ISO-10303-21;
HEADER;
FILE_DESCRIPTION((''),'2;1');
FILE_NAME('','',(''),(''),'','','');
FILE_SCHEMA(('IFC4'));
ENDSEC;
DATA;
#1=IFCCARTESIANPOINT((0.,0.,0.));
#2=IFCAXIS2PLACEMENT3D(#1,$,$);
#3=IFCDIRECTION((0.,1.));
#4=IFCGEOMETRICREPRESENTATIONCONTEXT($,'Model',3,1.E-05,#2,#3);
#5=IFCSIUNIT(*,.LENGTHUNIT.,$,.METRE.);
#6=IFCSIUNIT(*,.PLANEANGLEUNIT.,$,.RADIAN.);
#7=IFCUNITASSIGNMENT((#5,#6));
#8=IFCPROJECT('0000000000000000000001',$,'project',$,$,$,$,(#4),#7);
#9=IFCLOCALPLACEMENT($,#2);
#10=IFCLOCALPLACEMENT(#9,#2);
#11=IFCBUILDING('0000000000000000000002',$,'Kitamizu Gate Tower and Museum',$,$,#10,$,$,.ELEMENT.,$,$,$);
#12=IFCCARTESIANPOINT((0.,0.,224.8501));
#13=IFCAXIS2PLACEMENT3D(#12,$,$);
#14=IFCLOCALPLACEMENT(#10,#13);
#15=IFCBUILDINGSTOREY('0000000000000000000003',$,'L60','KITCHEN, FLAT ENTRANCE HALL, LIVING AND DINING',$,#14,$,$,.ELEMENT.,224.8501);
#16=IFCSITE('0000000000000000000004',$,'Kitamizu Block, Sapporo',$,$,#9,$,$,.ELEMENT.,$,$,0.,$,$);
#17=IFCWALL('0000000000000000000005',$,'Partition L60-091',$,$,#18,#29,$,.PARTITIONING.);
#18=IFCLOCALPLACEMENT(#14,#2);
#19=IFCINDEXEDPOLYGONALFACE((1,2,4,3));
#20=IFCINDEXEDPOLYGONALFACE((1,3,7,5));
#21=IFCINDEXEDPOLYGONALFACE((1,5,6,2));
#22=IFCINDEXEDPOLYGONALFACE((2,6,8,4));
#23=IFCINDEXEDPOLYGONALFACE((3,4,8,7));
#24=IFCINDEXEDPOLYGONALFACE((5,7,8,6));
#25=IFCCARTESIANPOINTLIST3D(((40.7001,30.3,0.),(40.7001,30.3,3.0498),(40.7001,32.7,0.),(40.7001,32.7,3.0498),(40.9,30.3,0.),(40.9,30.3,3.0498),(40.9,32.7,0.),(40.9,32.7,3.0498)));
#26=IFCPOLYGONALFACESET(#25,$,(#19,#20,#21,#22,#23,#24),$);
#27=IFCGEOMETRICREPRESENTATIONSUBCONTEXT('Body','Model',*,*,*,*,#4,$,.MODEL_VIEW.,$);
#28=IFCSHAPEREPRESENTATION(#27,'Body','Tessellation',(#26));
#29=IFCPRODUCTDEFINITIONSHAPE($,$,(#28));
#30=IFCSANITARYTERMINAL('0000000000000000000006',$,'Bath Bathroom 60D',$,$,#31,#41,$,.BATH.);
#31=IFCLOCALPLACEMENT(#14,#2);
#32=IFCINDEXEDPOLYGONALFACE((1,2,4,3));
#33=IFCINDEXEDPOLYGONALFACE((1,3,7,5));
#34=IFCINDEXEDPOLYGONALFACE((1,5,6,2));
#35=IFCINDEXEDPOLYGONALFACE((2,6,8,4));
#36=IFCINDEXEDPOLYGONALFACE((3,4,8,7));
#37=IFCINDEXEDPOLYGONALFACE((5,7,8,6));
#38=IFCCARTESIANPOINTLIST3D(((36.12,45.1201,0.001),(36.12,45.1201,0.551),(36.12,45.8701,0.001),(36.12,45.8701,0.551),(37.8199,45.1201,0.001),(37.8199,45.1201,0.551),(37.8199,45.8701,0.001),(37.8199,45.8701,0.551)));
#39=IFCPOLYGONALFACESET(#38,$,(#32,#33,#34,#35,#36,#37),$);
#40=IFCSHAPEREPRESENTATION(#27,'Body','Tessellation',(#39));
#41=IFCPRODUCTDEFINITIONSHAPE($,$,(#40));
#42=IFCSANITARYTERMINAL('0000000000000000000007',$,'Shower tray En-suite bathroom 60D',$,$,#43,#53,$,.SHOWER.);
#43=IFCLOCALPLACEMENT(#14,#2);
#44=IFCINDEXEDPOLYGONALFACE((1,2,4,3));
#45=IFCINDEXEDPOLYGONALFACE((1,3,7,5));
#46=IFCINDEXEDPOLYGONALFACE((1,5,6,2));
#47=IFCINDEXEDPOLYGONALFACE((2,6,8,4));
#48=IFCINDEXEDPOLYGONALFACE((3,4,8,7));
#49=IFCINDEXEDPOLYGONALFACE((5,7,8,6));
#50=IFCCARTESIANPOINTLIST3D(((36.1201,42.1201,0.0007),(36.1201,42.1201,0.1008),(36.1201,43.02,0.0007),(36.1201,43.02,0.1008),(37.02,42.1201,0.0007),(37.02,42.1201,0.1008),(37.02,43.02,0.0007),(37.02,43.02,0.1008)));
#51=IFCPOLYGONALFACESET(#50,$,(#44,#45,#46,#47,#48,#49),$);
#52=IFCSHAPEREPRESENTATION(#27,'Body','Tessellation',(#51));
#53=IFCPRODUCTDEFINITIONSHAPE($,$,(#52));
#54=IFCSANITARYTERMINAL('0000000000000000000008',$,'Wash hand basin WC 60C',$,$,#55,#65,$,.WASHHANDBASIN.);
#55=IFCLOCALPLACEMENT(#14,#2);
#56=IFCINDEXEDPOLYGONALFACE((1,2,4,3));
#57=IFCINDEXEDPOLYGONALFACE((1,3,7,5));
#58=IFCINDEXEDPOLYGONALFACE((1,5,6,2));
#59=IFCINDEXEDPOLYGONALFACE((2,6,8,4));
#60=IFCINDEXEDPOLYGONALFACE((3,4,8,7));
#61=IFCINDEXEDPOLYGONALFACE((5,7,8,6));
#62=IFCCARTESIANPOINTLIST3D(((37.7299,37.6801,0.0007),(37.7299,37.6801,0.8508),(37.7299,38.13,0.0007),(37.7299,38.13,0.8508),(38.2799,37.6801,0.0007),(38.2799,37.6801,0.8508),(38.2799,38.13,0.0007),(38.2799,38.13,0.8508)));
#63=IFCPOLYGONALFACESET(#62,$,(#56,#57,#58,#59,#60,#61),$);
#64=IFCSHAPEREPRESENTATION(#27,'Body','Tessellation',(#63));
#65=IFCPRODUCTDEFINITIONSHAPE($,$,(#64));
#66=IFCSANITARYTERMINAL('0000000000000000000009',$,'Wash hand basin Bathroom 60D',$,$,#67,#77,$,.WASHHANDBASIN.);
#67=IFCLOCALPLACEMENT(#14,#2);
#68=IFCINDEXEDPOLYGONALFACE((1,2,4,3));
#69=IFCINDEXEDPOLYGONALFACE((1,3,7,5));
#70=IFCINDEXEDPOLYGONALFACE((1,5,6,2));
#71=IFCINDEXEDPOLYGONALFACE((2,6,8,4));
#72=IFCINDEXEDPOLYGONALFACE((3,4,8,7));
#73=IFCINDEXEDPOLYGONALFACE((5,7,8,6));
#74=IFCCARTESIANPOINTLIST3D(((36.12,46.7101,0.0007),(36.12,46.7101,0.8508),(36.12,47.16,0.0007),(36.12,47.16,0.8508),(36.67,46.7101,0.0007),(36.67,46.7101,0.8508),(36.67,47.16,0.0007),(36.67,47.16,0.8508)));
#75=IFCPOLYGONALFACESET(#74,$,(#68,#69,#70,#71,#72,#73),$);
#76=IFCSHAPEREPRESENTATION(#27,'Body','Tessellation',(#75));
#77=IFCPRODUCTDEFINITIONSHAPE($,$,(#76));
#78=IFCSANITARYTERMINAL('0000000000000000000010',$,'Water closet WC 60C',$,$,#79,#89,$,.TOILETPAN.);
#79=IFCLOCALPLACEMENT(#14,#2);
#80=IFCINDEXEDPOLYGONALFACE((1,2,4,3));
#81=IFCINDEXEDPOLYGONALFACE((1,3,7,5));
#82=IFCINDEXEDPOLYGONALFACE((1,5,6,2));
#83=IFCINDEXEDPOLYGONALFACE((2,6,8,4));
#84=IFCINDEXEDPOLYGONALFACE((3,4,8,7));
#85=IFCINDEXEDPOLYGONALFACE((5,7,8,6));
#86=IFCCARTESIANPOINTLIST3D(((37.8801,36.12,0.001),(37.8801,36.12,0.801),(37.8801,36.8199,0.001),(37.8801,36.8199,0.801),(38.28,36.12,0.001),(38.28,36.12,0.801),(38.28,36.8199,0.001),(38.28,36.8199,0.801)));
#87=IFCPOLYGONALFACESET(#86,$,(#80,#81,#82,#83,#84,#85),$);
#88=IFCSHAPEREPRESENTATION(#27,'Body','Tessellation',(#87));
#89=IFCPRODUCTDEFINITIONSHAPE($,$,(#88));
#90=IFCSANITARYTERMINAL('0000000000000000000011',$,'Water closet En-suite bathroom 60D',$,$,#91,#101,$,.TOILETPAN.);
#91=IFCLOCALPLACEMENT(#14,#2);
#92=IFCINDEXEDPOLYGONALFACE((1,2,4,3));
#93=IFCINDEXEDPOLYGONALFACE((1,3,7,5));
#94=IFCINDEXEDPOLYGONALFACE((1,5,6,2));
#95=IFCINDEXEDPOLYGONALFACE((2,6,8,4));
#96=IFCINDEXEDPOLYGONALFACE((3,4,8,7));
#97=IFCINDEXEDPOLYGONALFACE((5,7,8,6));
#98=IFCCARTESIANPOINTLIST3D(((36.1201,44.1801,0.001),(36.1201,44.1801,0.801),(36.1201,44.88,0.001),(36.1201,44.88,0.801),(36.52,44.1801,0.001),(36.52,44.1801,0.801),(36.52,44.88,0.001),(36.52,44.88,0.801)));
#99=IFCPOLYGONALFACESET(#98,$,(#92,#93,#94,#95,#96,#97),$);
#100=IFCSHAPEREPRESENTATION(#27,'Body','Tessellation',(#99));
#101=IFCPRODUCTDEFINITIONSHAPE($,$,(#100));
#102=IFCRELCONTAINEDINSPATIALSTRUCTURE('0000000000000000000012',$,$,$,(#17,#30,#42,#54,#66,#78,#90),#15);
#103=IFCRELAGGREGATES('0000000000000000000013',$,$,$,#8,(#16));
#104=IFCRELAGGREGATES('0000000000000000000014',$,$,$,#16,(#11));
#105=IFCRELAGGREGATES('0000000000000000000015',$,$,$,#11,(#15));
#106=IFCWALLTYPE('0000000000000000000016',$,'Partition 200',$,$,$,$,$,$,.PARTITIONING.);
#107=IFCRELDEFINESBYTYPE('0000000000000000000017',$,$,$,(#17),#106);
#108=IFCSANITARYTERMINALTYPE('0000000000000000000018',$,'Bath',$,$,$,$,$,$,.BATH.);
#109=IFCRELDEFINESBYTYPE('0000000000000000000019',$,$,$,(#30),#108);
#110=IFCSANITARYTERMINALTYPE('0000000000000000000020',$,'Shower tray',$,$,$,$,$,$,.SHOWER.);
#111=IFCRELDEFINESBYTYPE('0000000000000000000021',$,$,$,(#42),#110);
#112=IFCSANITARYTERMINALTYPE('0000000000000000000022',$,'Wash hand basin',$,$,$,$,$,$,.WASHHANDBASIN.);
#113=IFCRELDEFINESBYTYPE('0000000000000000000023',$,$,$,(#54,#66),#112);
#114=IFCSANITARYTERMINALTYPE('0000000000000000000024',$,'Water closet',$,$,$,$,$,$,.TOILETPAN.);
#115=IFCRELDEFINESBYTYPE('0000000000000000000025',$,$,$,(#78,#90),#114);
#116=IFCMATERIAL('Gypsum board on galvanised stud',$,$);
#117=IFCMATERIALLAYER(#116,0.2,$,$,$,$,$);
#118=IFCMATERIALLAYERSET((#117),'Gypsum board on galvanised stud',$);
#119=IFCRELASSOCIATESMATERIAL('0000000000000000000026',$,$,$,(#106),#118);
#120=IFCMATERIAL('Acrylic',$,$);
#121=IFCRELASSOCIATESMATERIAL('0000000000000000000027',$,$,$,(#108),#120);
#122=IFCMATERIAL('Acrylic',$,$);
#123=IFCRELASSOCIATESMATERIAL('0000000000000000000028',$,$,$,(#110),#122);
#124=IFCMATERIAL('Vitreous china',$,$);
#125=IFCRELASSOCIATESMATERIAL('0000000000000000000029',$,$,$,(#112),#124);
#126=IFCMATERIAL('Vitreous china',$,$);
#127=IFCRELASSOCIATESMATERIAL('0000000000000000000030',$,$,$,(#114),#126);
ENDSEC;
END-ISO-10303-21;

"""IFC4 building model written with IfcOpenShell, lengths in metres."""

from ifc_helpers import new_model, si_unit, direction, frame, frame_2d, origin, origin_2d, place, context, subcontext, project, spatial, rectangle, extrude, material, layer, layer_set, type_object, element, save


model = new_model("IFC4")

# Units and contexts
model_context = context("Model", 3, precision=1e-05, world=origin(), true_north=direction((0.0, 1.0)))
body_context = subcontext(model_context, "Body", "Model", "MODEL_VIEW")
ifc_project = project(units=[si_unit("LENGTHUNIT", "METRE"), si_unit("PLANEANGLEUNIT", "RADIAN")], contexts=[model_context])

# Site, building, storey
site_placement = place(None, origin())
site = spatial("IfcSite", under=ifc_project, at=site_placement, Name="Kitamizu Block, Sapporo", CompositionType="ELEMENT", RefElevation=0.0)
building_placement = place(site_placement, origin())
building = spatial("IfcBuilding", under=site, at=building_placement, Name="Kitamizu Gate Tower and Museum", CompositionType="ELEMENT")
storey_placement = place(building_placement, frame((0.0, 0.0, 224.8501)))
storey = spatial("IfcBuildingStorey", under=building, at=storey_placement, Name="L60", Description="KITCHEN, FLAT ENTRANCE HALL, LIVING AND DINING", CompositionType="ELEMENT", Elevation=224.8501)

# Wall
ifc_material_1 = material(Name="Gypsum board on galvanised stud")
ifc_layer_1 = layer(ifc_material_1, 0.2)
ifc_layer_set_1 = layer_set([ifc_layer_1], Name="Gypsum board on galvanised stud")
wall_type_1 = type_object("IfcWallType", Name="Partition 200", PredefinedType="PARTITIONING", material=ifc_layer_set_1)
wall_1_placement = place(storey_placement, frame((40.8, 32.7, 0.0), z_axis=(0.0, 0.0, 1.0), x_axis=(0.0, -1.0, 0.0)))
element("IfcWall", 1, at=wall_1_placement, inside=storey, type_object=wall_type_1, Name="Partition L60-091", PredefinedType="PARTITIONING", context=body_context, shape_type="SweptSolid", body=[
    extrude(rectangle(XDim=2.3999, YDim=0.2, at=frame_2d((1.2, 0.0))), origin(), (0.0, 0.0, 1.0), 3.0498),
])

# Sanitary terminals
ifc_material_2 = material(Name="Acrylic")
sanitary_terminal_type_1 = type_object("IfcSanitaryTerminalType", Name="Bath", PredefinedType="BATH", material=ifc_material_2)
sanitary_terminal_1_placement = place(storey_placement, frame((36.97, 45.4951, 0.001), z_axis=(0.0, 0.0, 1.0), x_axis=(1.0, 0.0, 0.0)))
element("IfcSanitaryTerminal", 2, at=sanitary_terminal_1_placement, inside=storey, type_object=sanitary_terminal_type_1, Name="Bath Bathroom 60D", PredefinedType="BATH", context=body_context, shape_type="SweptSolid", body=[
    extrude(rectangle(XDim=1.7, YDim=0.75, at=origin_2d()), origin(), (0.0, 0.0, 1.0), 0.55),
])
ifc_material_3 = material(Name="Acrylic")
sanitary_terminal_type_2 = type_object("IfcSanitaryTerminalType", Name="Shower tray", PredefinedType="SHOWER", material=ifc_material_3)
sanitary_terminal_2_placement = place(storey_placement, frame((36.5701, 42.5701, 0.0007), z_axis=(0.0, 0.0, 1.0), x_axis=(1.0, 0.0, 0.0)))
element("IfcSanitaryTerminal", 3, at=sanitary_terminal_2_placement, inside=storey, type_object=sanitary_terminal_type_2, Name="Shower tray En-suite bathroom 60D", PredefinedType="SHOWER", context=body_context, shape_type="SweptSolid", body=[
    extrude(rectangle(XDim=0.8999, YDim=0.8999, at=origin_2d()), origin(), (0.0, 0.0, 1.0), 0.1001),
])
ifc_material_4 = material(Name="Vitreous china")
sanitary_terminal_type_3 = type_object("IfcSanitaryTerminalType", Name="Wash hand basin", PredefinedType="WASHHANDBASIN", material=ifc_material_4)
for number, where, z_axis, x_axis, name in (
    (4, (38.0049, 37.905, 0.0007), (0.0, 0.0, 1.0), (1.0, 0.0, 0.0), "Wash hand basin WC 60C"),
    (5, (36.395, 46.9351, 0.0007), (0.0, 0.0, 1.0), (1.0, 0.0, 0.0), "Wash hand basin Bathroom 60D"),
):
    element("IfcSanitaryTerminal", number, at=place(storey_placement, frame(where, z_axis=z_axis, x_axis=x_axis)), inside=storey, type_object=sanitary_terminal_type_3, Name=name, PredefinedType="WASHHANDBASIN", context=body_context, shape_type="SweptSolid", body=[
        extrude(rectangle(XDim=0.55, YDim=0.45, at=origin_2d()), origin(), (0.0, 0.0, 1.0), 0.8501),
    ])
ifc_material_5 = material(Name="Vitreous china")
sanitary_terminal_type_4 = type_object("IfcSanitaryTerminalType", Name="Water closet", PredefinedType="TOILETPAN", material=ifc_material_5)
for number, where, z_axis, x_axis, name in (
    (6, (38.0801, 36.47, 0.001), (0.0, 0.0, 1.0), (1.0, 0.0, 0.0), "Water closet WC 60C"),
    (7, (36.3201, 44.53, 0.001), (0.0, 0.0, 1.0), (1.0, 0.0, 0.0), "Water closet En-suite bathroom 60D"),
):
    element("IfcSanitaryTerminal", number, at=place(storey_placement, frame(where, z_axis=z_axis, x_axis=x_axis)), inside=storey, type_object=sanitary_terminal_type_4, Name=name, PredefinedType="TOILETPAN", context=body_context, shape_type="SweptSolid", body=[
        extrude(rectangle(XDim=0.3999, YDim=0.7, at=origin_2d()), origin(), (0.0, 0.0, 1.0), 0.8),
    ])

save(model, "model.ifc")
